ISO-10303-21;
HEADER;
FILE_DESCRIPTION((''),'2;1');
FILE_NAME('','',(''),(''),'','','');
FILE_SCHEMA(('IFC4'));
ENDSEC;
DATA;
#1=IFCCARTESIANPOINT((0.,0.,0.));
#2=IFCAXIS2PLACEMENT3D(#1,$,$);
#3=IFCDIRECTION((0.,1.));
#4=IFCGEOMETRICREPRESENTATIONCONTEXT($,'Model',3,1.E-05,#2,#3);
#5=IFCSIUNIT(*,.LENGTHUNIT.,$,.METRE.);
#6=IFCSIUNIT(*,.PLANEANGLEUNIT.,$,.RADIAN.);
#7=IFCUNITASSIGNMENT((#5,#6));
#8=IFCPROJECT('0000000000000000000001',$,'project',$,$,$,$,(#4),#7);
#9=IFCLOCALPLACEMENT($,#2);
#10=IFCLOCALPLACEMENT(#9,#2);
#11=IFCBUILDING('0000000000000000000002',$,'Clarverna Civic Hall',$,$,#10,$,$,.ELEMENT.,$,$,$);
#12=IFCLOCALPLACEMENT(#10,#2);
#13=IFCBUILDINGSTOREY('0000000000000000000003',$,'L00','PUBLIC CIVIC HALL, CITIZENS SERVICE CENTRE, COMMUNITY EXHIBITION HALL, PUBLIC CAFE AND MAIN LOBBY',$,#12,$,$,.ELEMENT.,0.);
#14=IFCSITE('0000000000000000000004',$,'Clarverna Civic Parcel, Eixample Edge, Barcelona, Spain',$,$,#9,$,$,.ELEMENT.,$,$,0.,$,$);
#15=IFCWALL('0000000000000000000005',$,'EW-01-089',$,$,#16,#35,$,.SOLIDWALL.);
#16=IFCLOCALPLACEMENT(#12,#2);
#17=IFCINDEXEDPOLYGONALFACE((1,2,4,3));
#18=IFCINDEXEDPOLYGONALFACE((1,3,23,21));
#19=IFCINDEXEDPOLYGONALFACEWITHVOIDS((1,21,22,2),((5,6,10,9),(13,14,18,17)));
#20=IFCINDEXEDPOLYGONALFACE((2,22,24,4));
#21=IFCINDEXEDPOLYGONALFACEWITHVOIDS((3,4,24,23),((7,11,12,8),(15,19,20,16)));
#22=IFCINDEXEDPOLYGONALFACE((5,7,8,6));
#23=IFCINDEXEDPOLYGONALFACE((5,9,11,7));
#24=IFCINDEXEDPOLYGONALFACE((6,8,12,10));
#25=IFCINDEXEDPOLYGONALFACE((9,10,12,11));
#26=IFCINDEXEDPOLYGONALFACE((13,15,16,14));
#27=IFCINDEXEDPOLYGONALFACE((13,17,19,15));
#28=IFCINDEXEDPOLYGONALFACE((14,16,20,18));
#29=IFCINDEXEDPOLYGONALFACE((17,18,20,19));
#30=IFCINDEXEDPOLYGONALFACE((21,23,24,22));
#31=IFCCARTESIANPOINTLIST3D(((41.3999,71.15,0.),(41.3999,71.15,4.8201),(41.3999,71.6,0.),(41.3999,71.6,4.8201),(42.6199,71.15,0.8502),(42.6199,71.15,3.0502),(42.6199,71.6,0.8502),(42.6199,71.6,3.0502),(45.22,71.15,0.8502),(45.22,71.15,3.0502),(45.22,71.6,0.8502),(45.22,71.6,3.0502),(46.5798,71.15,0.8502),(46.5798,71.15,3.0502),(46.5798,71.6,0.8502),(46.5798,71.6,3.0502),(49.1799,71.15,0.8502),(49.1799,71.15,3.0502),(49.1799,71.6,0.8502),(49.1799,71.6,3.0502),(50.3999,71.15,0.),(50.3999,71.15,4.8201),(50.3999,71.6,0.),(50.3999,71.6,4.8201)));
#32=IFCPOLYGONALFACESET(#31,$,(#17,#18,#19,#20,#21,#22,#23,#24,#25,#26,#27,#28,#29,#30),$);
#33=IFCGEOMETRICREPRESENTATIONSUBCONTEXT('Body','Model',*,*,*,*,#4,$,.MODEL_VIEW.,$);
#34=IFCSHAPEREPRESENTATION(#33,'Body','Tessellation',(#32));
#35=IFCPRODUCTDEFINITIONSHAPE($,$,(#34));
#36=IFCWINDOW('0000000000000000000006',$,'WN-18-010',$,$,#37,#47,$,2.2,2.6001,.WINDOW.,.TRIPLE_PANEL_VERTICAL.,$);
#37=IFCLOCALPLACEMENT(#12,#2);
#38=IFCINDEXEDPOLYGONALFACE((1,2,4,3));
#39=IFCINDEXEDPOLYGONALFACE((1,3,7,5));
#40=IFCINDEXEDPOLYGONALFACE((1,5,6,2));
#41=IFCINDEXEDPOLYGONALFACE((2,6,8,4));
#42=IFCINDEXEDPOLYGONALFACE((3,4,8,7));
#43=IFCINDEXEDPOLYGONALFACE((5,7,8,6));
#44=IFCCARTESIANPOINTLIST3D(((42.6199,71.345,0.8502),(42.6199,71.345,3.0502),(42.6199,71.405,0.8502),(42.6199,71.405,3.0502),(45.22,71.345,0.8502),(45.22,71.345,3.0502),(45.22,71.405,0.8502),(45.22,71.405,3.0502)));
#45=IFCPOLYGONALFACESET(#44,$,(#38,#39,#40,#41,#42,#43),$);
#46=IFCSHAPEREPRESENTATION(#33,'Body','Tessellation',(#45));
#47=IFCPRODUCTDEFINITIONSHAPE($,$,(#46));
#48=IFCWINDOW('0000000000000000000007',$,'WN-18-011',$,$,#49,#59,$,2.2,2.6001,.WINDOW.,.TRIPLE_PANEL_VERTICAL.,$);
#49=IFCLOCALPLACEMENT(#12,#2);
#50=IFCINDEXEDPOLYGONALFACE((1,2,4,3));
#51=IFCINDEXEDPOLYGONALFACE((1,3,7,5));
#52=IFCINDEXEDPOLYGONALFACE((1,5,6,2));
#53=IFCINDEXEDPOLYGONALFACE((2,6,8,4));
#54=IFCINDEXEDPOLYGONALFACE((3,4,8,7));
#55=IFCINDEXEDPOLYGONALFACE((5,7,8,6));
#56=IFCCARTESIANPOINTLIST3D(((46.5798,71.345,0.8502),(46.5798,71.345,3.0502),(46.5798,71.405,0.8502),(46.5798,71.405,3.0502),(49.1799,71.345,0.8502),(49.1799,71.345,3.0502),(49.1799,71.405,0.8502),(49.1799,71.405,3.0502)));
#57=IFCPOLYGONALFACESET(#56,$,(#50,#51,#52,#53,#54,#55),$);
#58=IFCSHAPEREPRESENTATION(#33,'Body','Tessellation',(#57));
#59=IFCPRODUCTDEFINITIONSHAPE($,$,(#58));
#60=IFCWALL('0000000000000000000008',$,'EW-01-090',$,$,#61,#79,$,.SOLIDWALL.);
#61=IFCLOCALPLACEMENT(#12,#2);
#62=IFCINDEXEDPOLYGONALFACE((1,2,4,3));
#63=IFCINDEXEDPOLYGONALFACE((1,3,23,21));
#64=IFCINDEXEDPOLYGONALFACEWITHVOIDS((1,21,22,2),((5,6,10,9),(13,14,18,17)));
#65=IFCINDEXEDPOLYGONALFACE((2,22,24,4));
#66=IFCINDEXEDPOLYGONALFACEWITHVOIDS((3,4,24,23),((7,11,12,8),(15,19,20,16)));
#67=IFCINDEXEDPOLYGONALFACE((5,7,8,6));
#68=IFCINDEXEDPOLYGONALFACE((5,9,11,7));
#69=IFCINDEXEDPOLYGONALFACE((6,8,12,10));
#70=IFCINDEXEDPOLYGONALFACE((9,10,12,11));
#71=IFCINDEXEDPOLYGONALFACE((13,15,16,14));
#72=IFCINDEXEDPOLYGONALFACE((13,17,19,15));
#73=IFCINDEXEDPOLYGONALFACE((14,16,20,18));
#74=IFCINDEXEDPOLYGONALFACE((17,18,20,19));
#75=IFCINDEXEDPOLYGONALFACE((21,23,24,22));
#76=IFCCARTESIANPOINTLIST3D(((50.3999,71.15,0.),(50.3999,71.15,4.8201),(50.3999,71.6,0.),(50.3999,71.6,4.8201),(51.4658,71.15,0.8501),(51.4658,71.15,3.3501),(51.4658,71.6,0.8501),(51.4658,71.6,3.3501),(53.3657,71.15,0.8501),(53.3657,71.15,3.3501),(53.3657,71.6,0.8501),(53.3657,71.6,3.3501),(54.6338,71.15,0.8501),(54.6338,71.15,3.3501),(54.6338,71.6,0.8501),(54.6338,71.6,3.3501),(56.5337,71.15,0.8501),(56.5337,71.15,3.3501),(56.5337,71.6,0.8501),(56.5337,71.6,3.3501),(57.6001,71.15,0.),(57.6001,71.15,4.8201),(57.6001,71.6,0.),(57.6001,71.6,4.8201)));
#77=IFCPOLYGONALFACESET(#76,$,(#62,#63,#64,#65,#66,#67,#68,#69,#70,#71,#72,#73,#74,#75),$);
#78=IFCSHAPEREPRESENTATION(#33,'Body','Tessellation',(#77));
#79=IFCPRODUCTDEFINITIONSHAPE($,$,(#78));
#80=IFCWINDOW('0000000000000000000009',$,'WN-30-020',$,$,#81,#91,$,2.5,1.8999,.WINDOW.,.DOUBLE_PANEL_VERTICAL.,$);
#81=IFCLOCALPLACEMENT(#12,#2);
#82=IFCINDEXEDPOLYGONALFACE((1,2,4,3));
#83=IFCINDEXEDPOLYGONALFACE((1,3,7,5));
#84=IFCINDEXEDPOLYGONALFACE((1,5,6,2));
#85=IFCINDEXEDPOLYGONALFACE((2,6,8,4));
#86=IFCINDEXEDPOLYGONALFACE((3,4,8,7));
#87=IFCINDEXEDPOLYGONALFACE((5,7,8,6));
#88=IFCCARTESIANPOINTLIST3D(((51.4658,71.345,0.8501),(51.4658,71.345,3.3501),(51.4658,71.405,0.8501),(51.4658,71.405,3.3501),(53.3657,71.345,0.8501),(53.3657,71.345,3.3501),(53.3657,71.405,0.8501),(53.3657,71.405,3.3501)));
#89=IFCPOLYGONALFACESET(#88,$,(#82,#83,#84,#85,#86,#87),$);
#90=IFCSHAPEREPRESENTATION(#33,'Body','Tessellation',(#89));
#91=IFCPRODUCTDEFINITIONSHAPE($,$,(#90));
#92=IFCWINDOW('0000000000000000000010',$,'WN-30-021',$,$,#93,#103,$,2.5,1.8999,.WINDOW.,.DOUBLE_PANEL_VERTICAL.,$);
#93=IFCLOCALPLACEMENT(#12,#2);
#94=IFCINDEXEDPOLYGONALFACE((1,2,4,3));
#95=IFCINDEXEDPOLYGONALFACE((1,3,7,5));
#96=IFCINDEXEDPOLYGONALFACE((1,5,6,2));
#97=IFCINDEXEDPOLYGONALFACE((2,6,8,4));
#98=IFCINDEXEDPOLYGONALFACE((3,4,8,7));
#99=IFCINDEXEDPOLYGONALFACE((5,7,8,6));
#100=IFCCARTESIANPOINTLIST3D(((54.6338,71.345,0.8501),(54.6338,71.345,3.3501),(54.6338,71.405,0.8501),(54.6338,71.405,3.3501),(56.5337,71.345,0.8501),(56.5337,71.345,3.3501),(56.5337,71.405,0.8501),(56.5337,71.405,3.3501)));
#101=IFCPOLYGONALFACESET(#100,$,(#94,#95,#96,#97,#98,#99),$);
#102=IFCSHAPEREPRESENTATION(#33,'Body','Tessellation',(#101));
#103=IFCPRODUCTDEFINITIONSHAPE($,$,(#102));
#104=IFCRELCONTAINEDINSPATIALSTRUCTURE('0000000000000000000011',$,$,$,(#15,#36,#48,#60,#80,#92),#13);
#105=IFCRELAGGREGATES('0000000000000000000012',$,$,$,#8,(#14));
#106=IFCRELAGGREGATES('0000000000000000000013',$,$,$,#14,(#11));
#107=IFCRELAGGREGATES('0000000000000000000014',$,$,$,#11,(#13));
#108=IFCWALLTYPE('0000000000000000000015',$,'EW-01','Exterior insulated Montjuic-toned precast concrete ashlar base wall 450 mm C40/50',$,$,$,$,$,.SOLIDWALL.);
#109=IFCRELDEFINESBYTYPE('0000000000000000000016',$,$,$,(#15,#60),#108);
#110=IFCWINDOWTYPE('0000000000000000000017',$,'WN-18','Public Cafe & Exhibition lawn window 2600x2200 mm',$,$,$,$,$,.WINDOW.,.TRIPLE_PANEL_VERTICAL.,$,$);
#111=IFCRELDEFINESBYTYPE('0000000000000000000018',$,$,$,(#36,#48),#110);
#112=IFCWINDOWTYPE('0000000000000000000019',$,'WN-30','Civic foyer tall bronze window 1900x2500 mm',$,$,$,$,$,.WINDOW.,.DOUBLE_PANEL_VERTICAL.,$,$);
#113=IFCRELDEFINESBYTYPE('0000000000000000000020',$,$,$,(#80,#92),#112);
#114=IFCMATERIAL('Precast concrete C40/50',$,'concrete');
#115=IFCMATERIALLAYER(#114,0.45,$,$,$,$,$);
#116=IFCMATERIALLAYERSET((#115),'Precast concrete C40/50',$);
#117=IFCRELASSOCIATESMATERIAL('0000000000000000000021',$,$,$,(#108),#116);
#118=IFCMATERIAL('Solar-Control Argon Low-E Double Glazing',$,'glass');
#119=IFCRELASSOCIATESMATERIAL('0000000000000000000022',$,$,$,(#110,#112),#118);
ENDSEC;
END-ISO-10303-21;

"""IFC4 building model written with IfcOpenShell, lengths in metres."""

from ifc_helpers import new_model, si_unit, direction, frame, frame_2d, origin, place, context, subcontext, project, spatial, rectangle, extrude, material, layer, layer_set, type_object, element, fill, save


model = new_model("IFC4")

# Units and contexts
model_context = context("Model", 3, precision=1e-05, world=origin(), true_north=direction((0.0, 1.0)))
body_context = subcontext(model_context, "Body", "Model", "MODEL_VIEW")
ifc_project = project(units=[si_unit("LENGTHUNIT", "METRE"), si_unit("PLANEANGLEUNIT", "RADIAN")], contexts=[model_context])

# Site, building, storey
site_placement = place(None, origin())
site = spatial("IfcSite", under=ifc_project, at=site_placement, Name="Clarverna Civic Parcel, Eixample Edge, Barcelona, Spain", CompositionType="ELEMENT", RefElevation=0.0)
building_placement = place(site_placement, origin())
building = spatial("IfcBuilding", under=site, at=building_placement, Name="Clarverna Civic Hall", CompositionType="ELEMENT")
storey_placement = place(building_placement, origin())
storey = spatial("IfcBuildingStorey", under=building, at=storey_placement, Name="L00", Description="PUBLIC CIVIC HALL, CITIZENS SERVICE CENTRE, COMMUNITY EXHIBITION HALL, PUBLIC CAFE AND MAIN LOBBY", CompositionType="ELEMENT", Elevation=0.0)

# Walls, openings, windows
ifc_material_1 = material(Name="Precast concrete C40/50", Category="concrete")
ifc_layer = layer(ifc_material_1, 0.45)
ifc_layer_set = layer_set([ifc_layer], Name="Precast concrete C40/50")
wall_type = type_object("IfcWallType", Name="EW-01", Description="Exterior insulated Montjuic-toned precast concrete ashlar base wall 450 mm C40/50", PredefinedType="SOLIDWALL", material=ifc_layer_set)
ifc_material_2 = material(Name="Solar-Control Argon Low-E Double Glazing", Category="glass")
wall_1_placement = place(storey_placement, frame((41.3999, 71.375, 0.0), z_axis=(0.0, 0.0, 1.0), x_axis=(1.0, 0.0, 0.0)))
wall_1 = element("IfcWall", 1, at=wall_1_placement, inside=storey, type_object=wall_type, Name="EW-01-089", PredefinedType="SOLIDWALL", context=body_context, shape_type="SweptSolid", body=[
    extrude(rectangle(XDim=9.0, YDim=0.45, at=frame_2d((4.5, 0.0))), origin(), (0.0, 0.0, 1.0), 4.8201),
])
opening_1_placement = place(wall_1_placement, frame((1.22, 0.0, 0.8501)))
opening_1 = element("IfcOpeningElement", 2, at=opening_1_placement, cuts=wall_1, PredefinedType="OPENING", context=body_context, shape_type="SweptSolid", body=[
    extrude(rectangle(XDim=2.6001, YDim=2.2, at=frame_2d((1.3, 1.1001))), frame((0.0, 0.2349, 0.0), z_axis=(0.0, -1.0, 0.0), x_axis=(1.0, 0.0, 0.0)), (0.0, 0.0, 1.0), 0.47),
])
opening_2_placement = place(wall_1_placement, frame((5.1799, 0.0, 0.8501)))
opening_2 = element("IfcOpeningElement", 3, at=opening_2_placement, cuts=wall_1, PredefinedType="OPENING", context=body_context, shape_type="SweptSolid", body=[
    extrude(rectangle(XDim=2.6001, YDim=2.2, at=frame_2d((1.3, 1.1001))), frame((0.0, 0.2349, 0.0), z_axis=(0.0, -1.0, 0.0), x_axis=(1.0, 0.0, 0.0)), (0.0, 0.0, 1.0), 0.47),
])
window_type_1 = type_object("IfcWindowType", Name="WN-18", Description="Public Cafe & Exhibition lawn window 2600x2200 mm", PartitioningType="TRIPLE_PANEL_VERTICAL", PredefinedType="WINDOW", material=ifc_material_2)
window_1_placement = place(opening_1_placement, origin())
window_1 = element("IfcWindow", 4, at=window_1_placement, inside=storey, type_object=window_type_1, Name="WN-18-010", OverallHeight=2.2, OverallWidth=2.6001, PartitioningType="TRIPLE_PANEL_VERTICAL", PredefinedType="WINDOW", context=body_context, shape_type="SweptSolid", body=[
    extrude(rectangle(XDim=2.6001, YDim=2.2, at=frame_2d((1.3, 1.1001))), frame((0.0, 0.03, 0.0), z_axis=(0.0, -1.0, 0.0), x_axis=(1.0, 0.0, 0.0)), (0.0, 0.0, 1.0), 0.0601),
])
fill(opening_1, window_1)
window_2_placement = place(opening_2_placement, origin())
window_2 = element("IfcWindow", 5, at=window_2_placement, inside=storey, type_object=window_type_1, Name="WN-18-011", OverallHeight=2.2, OverallWidth=2.6001, PartitioningType="TRIPLE_PANEL_VERTICAL", PredefinedType="WINDOW", context=body_context, shape_type="SweptSolid", body=[
    extrude(rectangle(XDim=2.6001, YDim=2.2, at=frame_2d((1.3, 1.1001))), frame((0.0, 0.03, 0.0), z_axis=(0.0, -1.0, 0.0), x_axis=(1.0, 0.0, 0.0)), (0.0, 0.0, 1.0), 0.0601),
])
fill(opening_2, window_2)
wall_2_placement = place(storey_placement, frame((50.3999, 71.375, 0.0), z_axis=(0.0, 0.0, 1.0), x_axis=(1.0, 0.0, 0.0)))
wall_2 = element("IfcWall", 6, at=wall_2_placement, inside=storey, type_object=wall_type, Name="EW-01-090", PredefinedType="SOLIDWALL", context=body_context, shape_type="SweptSolid", body=[
    extrude(rectangle(XDim=7.2002, YDim=0.45, at=frame_2d((3.6001, 0.0))), origin(), (0.0, 0.0, 1.0), 4.8201),
])
opening_3_placement = place(wall_2_placement, frame((1.0659, 0.0, 0.8501)))
opening_3 = element("IfcOpeningElement", 7, at=opening_3_placement, cuts=wall_2, PredefinedType="OPENING", context=body_context, shape_type="SweptSolid", body=[
    extrude(rectangle(XDim=1.8999, YDim=2.5, at=frame_2d((0.95, 1.25))), frame((0.0, 0.2349, 0.0), z_axis=(0.0, -1.0, 0.0), x_axis=(1.0, 0.0, 0.0)), (0.0, 0.0, 1.0), 0.47),
])
opening_4_placement = place(wall_2_placement, frame((4.2339, 0.0, 0.8501)))
opening_4 = element("IfcOpeningElement", 8, at=opening_4_placement, cuts=wall_2, PredefinedType="OPENING", context=body_context, shape_type="SweptSolid", body=[
    extrude(rectangle(XDim=1.8999, YDim=2.5, at=frame_2d((0.95, 1.25))), frame((0.0, 0.2349, 0.0), z_axis=(0.0, -1.0, 0.0), x_axis=(1.0, 0.0, 0.0)), (0.0, 0.0, 1.0), 0.47),
])
window_type_2 = type_object("IfcWindowType", Name="WN-30", Description="Civic foyer tall bronze window 1900x2500 mm", PartitioningType="DOUBLE_PANEL_VERTICAL", PredefinedType="WINDOW", material=ifc_material_2)
window_3_placement = place(opening_3_placement, origin())
window_3 = element("IfcWindow", 9, at=window_3_placement, inside=storey, type_object=window_type_2, Name="WN-30-020", OverallHeight=2.5, OverallWidth=1.8999, PartitioningType="DOUBLE_PANEL_VERTICAL", PredefinedType="WINDOW", context=body_context, shape_type="SweptSolid", body=[
    extrude(rectangle(XDim=1.8999, YDim=2.5, at=frame_2d((0.95, 1.25))), frame((0.0, 0.03, 0.0), z_axis=(0.0, -1.0, 0.0), x_axis=(1.0, 0.0, 0.0)), (0.0, 0.0, 1.0), 0.0601),
])
fill(opening_3, window_3)
window_4_placement = place(opening_4_placement, origin())
window_4 = element("IfcWindow", 10, at=window_4_placement, inside=storey, type_object=window_type_2, Name="WN-30-021", OverallHeight=2.5, OverallWidth=1.8999, PartitioningType="DOUBLE_PANEL_VERTICAL", PredefinedType="WINDOW", context=body_context, shape_type="SweptSolid", body=[
    extrude(rectangle(XDim=1.8999, YDim=2.5, at=frame_2d((0.95, 1.25))), frame((0.0, 0.03, 0.0), z_axis=(0.0, -1.0, 0.0), x_axis=(1.0, 0.0, 0.0)), (0.0, 0.0, 1.0), 0.0601),
])
fill(opening_4, window_4)

save(model, "model.ifc")
